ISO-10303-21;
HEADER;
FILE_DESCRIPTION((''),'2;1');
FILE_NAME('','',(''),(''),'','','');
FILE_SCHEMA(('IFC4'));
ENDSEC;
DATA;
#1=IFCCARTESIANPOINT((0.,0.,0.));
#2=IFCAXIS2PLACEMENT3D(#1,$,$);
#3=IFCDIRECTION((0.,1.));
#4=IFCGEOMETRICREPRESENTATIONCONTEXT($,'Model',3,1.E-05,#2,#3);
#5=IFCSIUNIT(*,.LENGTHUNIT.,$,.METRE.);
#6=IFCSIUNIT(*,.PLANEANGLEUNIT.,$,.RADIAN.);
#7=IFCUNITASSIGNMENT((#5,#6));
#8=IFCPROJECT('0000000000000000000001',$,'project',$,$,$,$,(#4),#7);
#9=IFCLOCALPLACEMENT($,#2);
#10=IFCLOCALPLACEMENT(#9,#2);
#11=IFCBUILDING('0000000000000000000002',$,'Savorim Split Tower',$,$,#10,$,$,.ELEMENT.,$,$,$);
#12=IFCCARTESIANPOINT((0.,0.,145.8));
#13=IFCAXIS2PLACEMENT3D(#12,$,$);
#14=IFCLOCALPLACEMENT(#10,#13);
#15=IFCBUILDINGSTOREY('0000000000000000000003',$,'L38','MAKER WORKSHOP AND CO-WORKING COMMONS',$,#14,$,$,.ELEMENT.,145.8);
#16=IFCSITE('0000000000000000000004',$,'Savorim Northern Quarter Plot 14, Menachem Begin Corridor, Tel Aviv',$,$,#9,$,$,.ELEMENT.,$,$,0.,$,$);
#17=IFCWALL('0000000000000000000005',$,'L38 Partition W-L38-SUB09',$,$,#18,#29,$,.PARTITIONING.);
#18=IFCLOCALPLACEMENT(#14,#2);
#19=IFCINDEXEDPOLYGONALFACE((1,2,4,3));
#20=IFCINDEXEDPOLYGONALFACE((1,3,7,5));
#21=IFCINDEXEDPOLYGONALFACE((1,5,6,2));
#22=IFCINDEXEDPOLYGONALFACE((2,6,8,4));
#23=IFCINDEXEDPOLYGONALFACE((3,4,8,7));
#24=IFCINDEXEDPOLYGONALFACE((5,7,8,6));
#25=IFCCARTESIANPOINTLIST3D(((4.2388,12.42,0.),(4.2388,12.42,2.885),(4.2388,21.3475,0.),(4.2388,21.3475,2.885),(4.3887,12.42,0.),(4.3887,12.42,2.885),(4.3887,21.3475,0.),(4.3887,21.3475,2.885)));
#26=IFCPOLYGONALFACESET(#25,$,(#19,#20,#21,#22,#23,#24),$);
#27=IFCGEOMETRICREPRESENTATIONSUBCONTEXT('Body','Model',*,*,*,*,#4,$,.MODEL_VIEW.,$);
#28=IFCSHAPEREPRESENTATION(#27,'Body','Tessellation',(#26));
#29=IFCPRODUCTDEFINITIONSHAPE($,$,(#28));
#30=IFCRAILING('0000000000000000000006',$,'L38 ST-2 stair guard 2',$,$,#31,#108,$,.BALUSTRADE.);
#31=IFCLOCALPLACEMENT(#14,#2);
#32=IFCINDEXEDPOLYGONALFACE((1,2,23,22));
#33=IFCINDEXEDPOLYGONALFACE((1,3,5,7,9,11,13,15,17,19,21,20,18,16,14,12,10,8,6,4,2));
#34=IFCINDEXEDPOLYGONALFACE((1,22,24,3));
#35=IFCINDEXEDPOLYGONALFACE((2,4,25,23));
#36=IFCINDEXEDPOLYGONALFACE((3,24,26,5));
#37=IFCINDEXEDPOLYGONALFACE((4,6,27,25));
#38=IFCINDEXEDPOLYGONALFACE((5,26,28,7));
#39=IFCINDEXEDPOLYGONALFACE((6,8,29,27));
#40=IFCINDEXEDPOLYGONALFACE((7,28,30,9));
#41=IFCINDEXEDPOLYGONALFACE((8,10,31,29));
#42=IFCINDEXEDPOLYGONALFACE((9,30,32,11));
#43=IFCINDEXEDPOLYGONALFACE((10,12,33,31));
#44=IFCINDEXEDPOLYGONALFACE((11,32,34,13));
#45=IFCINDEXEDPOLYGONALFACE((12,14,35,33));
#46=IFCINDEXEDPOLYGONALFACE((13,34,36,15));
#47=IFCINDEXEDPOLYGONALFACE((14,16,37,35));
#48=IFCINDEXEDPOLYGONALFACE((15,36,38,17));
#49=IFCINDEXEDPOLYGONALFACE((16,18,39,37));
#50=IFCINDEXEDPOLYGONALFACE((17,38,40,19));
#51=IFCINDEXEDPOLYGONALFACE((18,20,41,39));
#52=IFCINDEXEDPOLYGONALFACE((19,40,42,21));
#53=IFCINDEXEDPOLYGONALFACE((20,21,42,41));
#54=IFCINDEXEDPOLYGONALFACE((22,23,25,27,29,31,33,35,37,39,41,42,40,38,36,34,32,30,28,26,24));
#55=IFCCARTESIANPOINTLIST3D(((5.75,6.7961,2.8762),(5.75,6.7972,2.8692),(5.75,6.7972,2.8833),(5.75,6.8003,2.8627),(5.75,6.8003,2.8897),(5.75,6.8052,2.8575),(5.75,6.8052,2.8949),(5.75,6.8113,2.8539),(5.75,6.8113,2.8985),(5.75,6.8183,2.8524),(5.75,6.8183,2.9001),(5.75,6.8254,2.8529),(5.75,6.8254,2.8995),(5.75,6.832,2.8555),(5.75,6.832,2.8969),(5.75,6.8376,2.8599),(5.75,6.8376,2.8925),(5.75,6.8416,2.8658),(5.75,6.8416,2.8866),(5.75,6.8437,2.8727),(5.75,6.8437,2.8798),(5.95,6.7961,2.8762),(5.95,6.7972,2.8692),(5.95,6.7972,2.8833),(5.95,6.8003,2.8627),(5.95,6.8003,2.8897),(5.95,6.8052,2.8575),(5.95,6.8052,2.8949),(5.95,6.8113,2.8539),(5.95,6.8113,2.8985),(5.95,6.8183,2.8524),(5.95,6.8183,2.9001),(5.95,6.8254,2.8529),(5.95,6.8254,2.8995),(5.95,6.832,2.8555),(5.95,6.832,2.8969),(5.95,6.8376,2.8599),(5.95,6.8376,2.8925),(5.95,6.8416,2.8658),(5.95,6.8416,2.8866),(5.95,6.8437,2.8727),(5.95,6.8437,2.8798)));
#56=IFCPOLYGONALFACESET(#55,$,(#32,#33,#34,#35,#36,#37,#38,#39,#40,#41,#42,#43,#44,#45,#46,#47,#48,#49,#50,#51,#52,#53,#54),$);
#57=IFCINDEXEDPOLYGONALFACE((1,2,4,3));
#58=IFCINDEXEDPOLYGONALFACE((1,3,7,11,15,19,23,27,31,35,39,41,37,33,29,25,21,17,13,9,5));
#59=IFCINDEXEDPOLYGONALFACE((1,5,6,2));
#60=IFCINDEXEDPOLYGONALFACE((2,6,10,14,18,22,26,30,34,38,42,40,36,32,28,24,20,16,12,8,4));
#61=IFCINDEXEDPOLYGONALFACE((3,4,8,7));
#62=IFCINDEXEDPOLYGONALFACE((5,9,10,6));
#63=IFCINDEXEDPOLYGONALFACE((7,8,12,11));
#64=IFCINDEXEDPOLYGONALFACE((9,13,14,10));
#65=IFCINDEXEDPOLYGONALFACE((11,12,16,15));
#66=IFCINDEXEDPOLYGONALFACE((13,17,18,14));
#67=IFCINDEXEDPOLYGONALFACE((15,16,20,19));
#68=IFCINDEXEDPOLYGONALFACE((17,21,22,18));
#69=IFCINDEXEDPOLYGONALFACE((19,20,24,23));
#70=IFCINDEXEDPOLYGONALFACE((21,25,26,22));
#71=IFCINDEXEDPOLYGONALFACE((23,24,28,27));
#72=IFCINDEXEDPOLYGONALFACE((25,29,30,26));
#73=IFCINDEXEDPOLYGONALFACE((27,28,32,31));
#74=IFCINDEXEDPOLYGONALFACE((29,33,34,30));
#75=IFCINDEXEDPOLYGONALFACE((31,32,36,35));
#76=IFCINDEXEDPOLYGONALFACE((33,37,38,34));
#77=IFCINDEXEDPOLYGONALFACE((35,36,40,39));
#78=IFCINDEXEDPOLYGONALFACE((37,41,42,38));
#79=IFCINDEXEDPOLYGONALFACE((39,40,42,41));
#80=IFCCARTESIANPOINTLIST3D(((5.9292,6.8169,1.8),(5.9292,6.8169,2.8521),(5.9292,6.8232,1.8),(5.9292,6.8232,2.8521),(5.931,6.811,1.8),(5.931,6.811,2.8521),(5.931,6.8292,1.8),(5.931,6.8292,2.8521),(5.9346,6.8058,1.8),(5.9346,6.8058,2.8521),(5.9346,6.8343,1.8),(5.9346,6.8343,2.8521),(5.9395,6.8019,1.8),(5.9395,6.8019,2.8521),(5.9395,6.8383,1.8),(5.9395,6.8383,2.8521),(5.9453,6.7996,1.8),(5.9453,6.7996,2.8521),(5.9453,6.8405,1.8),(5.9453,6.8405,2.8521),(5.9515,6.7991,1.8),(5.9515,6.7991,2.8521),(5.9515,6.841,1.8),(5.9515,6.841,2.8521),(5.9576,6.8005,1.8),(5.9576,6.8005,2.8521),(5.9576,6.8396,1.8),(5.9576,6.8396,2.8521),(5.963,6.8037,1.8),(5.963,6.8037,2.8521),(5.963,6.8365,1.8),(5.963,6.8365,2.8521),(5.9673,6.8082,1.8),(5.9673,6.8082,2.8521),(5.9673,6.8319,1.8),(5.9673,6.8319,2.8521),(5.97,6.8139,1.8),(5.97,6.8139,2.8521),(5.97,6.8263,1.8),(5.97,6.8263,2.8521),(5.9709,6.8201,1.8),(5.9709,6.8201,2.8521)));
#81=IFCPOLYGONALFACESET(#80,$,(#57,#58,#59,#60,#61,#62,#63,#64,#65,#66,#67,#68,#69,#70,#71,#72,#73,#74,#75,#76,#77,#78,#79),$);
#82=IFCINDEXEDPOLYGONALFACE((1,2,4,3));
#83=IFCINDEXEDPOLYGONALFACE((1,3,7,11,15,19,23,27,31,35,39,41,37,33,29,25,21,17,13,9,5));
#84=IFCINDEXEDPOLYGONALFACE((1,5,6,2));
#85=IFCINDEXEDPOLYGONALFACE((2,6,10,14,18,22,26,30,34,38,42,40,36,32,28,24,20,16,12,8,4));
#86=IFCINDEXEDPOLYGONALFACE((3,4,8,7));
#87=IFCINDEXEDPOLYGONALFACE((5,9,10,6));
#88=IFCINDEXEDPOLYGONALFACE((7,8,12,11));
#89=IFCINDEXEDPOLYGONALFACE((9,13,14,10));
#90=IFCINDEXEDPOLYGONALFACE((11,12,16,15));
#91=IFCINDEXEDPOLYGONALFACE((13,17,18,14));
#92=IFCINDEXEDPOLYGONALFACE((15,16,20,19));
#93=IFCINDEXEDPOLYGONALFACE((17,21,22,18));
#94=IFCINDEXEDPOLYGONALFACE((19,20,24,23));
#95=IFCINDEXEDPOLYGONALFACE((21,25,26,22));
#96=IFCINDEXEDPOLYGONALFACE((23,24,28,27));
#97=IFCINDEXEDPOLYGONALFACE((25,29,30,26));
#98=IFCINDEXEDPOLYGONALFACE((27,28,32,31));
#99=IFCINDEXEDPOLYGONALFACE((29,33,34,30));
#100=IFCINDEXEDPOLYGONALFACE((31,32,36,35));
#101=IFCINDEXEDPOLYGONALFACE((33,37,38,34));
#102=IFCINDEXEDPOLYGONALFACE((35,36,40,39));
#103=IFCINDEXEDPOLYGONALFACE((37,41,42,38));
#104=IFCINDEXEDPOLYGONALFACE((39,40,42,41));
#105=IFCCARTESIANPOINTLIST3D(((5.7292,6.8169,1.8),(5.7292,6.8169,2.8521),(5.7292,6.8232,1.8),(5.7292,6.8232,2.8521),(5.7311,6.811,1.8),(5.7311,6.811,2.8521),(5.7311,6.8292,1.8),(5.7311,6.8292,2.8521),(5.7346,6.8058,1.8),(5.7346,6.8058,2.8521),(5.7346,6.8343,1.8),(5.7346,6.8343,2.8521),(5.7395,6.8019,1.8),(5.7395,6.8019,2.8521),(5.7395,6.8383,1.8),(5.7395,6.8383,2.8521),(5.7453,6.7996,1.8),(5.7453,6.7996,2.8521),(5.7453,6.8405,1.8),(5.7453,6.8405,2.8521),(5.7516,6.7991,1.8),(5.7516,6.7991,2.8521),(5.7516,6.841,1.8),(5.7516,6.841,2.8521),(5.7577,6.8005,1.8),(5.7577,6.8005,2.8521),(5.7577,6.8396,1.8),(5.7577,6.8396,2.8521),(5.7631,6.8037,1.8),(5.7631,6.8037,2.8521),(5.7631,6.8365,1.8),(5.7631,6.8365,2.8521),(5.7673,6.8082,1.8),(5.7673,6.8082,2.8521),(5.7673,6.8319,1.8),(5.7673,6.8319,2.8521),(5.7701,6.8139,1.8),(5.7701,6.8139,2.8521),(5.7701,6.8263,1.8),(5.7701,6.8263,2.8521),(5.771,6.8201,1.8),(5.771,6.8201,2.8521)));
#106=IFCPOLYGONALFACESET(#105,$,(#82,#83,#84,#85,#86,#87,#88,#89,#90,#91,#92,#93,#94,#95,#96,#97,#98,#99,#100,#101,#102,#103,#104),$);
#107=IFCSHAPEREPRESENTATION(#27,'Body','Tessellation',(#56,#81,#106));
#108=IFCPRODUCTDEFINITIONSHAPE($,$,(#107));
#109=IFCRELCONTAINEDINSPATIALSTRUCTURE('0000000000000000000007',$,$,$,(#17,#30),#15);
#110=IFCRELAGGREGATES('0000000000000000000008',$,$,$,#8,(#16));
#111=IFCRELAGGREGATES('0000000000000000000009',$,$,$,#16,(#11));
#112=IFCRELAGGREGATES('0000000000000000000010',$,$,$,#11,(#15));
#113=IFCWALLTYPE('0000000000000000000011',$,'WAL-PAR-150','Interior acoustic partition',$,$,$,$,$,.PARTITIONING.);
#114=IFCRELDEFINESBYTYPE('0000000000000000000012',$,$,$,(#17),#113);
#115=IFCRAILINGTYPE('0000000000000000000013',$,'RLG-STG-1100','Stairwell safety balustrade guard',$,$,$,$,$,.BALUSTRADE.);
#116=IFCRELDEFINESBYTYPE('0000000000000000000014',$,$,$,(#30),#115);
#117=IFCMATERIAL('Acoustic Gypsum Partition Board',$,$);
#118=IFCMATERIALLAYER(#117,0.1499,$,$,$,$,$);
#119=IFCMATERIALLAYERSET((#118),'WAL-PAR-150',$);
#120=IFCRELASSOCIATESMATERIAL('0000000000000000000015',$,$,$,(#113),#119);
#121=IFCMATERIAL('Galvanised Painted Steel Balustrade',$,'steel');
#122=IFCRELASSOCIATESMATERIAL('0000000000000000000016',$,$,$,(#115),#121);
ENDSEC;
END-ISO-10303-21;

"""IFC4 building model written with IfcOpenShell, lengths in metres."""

from ifc_helpers import new_model, si_unit, direction, frame, frame_2d, origin, origin_2d, place, context, subcontext, project, spatial, rectangle, circle, extrude, material, layer, layer_set, type_object, element, save


model = new_model("IFC4")

# Units and contexts
model_context = context("Model", 3, precision=1e-05, world=origin(), true_north=direction((0.0, 1.0)))
body_context = subcontext(model_context, "Body", "Model", "MODEL_VIEW")
ifc_project = project(units=[si_unit("LENGTHUNIT", "METRE"), si_unit("PLANEANGLEUNIT", "RADIAN")], contexts=[model_context])

# Site, building, storey
site_placement = place(None, origin())
site = spatial("IfcSite", under=ifc_project, at=site_placement, Name="Savorim Northern Quarter Plot 14, Menachem Begin Corridor, Tel Aviv", CompositionType="ELEMENT", RefElevation=0.0)
building_placement = place(site_placement, origin())
building = spatial("IfcBuilding", under=site, at=building_placement, Name="Savorim Split Tower", CompositionType="ELEMENT")
storey_placement = place(building_placement, frame((0.0, 0.0, 145.8)))
storey = spatial("IfcBuildingStorey", under=building, at=storey_placement, Name="L38", Description="MAKER WORKSHOP AND CO-WORKING COMMONS", CompositionType="ELEMENT", Elevation=145.8)

# Shared definitions
ifc_material_1 = material(Name="Acoustic Gypsum Partition Board")
ifc_layer_1 = layer(ifc_material_1, 0.1499)
ifc_layer_set_1 = layer_set([ifc_layer_1], Name="WAL-PAR-150")
wall_type_1 = type_object("IfcWallType", Name="WAL-PAR-150", Description="Interior acoustic partition", PredefinedType="PARTITIONING", material=ifc_layer_set_1)

# Wall
wall_1_placement = place(storey_placement, frame((4.3137, 12.4199, 0.0), z_axis=(0.0, 0.0, 1.0), x_axis=(0.0, 1.0, 0.0)))
element("IfcWall", 1, at=wall_1_placement, inside=storey, type_object=wall_type_1, Name="L38 Partition W-L38-SUB09", PredefinedType="PARTITIONING", context=body_context, shape_type="SweptSolid", body=[
    extrude(rectangle(XDim=8.9275, YDim=0.1499, at=frame_2d((4.4639, 0.0))), origin(), (0.0, 0.0, 1.0), 2.885),
])

# Railing
ifc_material_2 = material(Name="Galvanised Painted Steel Balustrade", Category="steel")
railing_type = type_object("IfcRailingType", Name="RLG-STG-1100", Description="Stairwell safety balustrade guard", PredefinedType="BALUSTRADE", material=ifc_material_2)
railing_1_placement = place(storey_placement, frame((5.95, 6.8201, 1.8)))
element("IfcRailing", 2, at=railing_1_placement, inside=storey, type_object=railing_type, Name="L38 ST-2 stair guard 2", PredefinedType="BALUSTRADE", context=body_context, shape_type="SweptSolid", body=[
    extrude(circle(Radius=0.0239, at=origin_2d()), frame((0.0, 0.0, 1.0762), z_axis=(-1.0, 0.0, 0.0), x_axis=(0.0, -1.0, 0.0)), (0.0, 0.0, 1.0), 0.2),
    extrude(circle(Radius=0.021, at=origin_2d()), origin(), (0.0, 0.0, 1.0), 1.052),
    extrude(circle(Radius=0.021, at=origin_2d()), frame((-0.2, 0.0, 0.0)), (0.0, 0.0, 1.0), 1.052),
])

save(model, "model.ifc")
